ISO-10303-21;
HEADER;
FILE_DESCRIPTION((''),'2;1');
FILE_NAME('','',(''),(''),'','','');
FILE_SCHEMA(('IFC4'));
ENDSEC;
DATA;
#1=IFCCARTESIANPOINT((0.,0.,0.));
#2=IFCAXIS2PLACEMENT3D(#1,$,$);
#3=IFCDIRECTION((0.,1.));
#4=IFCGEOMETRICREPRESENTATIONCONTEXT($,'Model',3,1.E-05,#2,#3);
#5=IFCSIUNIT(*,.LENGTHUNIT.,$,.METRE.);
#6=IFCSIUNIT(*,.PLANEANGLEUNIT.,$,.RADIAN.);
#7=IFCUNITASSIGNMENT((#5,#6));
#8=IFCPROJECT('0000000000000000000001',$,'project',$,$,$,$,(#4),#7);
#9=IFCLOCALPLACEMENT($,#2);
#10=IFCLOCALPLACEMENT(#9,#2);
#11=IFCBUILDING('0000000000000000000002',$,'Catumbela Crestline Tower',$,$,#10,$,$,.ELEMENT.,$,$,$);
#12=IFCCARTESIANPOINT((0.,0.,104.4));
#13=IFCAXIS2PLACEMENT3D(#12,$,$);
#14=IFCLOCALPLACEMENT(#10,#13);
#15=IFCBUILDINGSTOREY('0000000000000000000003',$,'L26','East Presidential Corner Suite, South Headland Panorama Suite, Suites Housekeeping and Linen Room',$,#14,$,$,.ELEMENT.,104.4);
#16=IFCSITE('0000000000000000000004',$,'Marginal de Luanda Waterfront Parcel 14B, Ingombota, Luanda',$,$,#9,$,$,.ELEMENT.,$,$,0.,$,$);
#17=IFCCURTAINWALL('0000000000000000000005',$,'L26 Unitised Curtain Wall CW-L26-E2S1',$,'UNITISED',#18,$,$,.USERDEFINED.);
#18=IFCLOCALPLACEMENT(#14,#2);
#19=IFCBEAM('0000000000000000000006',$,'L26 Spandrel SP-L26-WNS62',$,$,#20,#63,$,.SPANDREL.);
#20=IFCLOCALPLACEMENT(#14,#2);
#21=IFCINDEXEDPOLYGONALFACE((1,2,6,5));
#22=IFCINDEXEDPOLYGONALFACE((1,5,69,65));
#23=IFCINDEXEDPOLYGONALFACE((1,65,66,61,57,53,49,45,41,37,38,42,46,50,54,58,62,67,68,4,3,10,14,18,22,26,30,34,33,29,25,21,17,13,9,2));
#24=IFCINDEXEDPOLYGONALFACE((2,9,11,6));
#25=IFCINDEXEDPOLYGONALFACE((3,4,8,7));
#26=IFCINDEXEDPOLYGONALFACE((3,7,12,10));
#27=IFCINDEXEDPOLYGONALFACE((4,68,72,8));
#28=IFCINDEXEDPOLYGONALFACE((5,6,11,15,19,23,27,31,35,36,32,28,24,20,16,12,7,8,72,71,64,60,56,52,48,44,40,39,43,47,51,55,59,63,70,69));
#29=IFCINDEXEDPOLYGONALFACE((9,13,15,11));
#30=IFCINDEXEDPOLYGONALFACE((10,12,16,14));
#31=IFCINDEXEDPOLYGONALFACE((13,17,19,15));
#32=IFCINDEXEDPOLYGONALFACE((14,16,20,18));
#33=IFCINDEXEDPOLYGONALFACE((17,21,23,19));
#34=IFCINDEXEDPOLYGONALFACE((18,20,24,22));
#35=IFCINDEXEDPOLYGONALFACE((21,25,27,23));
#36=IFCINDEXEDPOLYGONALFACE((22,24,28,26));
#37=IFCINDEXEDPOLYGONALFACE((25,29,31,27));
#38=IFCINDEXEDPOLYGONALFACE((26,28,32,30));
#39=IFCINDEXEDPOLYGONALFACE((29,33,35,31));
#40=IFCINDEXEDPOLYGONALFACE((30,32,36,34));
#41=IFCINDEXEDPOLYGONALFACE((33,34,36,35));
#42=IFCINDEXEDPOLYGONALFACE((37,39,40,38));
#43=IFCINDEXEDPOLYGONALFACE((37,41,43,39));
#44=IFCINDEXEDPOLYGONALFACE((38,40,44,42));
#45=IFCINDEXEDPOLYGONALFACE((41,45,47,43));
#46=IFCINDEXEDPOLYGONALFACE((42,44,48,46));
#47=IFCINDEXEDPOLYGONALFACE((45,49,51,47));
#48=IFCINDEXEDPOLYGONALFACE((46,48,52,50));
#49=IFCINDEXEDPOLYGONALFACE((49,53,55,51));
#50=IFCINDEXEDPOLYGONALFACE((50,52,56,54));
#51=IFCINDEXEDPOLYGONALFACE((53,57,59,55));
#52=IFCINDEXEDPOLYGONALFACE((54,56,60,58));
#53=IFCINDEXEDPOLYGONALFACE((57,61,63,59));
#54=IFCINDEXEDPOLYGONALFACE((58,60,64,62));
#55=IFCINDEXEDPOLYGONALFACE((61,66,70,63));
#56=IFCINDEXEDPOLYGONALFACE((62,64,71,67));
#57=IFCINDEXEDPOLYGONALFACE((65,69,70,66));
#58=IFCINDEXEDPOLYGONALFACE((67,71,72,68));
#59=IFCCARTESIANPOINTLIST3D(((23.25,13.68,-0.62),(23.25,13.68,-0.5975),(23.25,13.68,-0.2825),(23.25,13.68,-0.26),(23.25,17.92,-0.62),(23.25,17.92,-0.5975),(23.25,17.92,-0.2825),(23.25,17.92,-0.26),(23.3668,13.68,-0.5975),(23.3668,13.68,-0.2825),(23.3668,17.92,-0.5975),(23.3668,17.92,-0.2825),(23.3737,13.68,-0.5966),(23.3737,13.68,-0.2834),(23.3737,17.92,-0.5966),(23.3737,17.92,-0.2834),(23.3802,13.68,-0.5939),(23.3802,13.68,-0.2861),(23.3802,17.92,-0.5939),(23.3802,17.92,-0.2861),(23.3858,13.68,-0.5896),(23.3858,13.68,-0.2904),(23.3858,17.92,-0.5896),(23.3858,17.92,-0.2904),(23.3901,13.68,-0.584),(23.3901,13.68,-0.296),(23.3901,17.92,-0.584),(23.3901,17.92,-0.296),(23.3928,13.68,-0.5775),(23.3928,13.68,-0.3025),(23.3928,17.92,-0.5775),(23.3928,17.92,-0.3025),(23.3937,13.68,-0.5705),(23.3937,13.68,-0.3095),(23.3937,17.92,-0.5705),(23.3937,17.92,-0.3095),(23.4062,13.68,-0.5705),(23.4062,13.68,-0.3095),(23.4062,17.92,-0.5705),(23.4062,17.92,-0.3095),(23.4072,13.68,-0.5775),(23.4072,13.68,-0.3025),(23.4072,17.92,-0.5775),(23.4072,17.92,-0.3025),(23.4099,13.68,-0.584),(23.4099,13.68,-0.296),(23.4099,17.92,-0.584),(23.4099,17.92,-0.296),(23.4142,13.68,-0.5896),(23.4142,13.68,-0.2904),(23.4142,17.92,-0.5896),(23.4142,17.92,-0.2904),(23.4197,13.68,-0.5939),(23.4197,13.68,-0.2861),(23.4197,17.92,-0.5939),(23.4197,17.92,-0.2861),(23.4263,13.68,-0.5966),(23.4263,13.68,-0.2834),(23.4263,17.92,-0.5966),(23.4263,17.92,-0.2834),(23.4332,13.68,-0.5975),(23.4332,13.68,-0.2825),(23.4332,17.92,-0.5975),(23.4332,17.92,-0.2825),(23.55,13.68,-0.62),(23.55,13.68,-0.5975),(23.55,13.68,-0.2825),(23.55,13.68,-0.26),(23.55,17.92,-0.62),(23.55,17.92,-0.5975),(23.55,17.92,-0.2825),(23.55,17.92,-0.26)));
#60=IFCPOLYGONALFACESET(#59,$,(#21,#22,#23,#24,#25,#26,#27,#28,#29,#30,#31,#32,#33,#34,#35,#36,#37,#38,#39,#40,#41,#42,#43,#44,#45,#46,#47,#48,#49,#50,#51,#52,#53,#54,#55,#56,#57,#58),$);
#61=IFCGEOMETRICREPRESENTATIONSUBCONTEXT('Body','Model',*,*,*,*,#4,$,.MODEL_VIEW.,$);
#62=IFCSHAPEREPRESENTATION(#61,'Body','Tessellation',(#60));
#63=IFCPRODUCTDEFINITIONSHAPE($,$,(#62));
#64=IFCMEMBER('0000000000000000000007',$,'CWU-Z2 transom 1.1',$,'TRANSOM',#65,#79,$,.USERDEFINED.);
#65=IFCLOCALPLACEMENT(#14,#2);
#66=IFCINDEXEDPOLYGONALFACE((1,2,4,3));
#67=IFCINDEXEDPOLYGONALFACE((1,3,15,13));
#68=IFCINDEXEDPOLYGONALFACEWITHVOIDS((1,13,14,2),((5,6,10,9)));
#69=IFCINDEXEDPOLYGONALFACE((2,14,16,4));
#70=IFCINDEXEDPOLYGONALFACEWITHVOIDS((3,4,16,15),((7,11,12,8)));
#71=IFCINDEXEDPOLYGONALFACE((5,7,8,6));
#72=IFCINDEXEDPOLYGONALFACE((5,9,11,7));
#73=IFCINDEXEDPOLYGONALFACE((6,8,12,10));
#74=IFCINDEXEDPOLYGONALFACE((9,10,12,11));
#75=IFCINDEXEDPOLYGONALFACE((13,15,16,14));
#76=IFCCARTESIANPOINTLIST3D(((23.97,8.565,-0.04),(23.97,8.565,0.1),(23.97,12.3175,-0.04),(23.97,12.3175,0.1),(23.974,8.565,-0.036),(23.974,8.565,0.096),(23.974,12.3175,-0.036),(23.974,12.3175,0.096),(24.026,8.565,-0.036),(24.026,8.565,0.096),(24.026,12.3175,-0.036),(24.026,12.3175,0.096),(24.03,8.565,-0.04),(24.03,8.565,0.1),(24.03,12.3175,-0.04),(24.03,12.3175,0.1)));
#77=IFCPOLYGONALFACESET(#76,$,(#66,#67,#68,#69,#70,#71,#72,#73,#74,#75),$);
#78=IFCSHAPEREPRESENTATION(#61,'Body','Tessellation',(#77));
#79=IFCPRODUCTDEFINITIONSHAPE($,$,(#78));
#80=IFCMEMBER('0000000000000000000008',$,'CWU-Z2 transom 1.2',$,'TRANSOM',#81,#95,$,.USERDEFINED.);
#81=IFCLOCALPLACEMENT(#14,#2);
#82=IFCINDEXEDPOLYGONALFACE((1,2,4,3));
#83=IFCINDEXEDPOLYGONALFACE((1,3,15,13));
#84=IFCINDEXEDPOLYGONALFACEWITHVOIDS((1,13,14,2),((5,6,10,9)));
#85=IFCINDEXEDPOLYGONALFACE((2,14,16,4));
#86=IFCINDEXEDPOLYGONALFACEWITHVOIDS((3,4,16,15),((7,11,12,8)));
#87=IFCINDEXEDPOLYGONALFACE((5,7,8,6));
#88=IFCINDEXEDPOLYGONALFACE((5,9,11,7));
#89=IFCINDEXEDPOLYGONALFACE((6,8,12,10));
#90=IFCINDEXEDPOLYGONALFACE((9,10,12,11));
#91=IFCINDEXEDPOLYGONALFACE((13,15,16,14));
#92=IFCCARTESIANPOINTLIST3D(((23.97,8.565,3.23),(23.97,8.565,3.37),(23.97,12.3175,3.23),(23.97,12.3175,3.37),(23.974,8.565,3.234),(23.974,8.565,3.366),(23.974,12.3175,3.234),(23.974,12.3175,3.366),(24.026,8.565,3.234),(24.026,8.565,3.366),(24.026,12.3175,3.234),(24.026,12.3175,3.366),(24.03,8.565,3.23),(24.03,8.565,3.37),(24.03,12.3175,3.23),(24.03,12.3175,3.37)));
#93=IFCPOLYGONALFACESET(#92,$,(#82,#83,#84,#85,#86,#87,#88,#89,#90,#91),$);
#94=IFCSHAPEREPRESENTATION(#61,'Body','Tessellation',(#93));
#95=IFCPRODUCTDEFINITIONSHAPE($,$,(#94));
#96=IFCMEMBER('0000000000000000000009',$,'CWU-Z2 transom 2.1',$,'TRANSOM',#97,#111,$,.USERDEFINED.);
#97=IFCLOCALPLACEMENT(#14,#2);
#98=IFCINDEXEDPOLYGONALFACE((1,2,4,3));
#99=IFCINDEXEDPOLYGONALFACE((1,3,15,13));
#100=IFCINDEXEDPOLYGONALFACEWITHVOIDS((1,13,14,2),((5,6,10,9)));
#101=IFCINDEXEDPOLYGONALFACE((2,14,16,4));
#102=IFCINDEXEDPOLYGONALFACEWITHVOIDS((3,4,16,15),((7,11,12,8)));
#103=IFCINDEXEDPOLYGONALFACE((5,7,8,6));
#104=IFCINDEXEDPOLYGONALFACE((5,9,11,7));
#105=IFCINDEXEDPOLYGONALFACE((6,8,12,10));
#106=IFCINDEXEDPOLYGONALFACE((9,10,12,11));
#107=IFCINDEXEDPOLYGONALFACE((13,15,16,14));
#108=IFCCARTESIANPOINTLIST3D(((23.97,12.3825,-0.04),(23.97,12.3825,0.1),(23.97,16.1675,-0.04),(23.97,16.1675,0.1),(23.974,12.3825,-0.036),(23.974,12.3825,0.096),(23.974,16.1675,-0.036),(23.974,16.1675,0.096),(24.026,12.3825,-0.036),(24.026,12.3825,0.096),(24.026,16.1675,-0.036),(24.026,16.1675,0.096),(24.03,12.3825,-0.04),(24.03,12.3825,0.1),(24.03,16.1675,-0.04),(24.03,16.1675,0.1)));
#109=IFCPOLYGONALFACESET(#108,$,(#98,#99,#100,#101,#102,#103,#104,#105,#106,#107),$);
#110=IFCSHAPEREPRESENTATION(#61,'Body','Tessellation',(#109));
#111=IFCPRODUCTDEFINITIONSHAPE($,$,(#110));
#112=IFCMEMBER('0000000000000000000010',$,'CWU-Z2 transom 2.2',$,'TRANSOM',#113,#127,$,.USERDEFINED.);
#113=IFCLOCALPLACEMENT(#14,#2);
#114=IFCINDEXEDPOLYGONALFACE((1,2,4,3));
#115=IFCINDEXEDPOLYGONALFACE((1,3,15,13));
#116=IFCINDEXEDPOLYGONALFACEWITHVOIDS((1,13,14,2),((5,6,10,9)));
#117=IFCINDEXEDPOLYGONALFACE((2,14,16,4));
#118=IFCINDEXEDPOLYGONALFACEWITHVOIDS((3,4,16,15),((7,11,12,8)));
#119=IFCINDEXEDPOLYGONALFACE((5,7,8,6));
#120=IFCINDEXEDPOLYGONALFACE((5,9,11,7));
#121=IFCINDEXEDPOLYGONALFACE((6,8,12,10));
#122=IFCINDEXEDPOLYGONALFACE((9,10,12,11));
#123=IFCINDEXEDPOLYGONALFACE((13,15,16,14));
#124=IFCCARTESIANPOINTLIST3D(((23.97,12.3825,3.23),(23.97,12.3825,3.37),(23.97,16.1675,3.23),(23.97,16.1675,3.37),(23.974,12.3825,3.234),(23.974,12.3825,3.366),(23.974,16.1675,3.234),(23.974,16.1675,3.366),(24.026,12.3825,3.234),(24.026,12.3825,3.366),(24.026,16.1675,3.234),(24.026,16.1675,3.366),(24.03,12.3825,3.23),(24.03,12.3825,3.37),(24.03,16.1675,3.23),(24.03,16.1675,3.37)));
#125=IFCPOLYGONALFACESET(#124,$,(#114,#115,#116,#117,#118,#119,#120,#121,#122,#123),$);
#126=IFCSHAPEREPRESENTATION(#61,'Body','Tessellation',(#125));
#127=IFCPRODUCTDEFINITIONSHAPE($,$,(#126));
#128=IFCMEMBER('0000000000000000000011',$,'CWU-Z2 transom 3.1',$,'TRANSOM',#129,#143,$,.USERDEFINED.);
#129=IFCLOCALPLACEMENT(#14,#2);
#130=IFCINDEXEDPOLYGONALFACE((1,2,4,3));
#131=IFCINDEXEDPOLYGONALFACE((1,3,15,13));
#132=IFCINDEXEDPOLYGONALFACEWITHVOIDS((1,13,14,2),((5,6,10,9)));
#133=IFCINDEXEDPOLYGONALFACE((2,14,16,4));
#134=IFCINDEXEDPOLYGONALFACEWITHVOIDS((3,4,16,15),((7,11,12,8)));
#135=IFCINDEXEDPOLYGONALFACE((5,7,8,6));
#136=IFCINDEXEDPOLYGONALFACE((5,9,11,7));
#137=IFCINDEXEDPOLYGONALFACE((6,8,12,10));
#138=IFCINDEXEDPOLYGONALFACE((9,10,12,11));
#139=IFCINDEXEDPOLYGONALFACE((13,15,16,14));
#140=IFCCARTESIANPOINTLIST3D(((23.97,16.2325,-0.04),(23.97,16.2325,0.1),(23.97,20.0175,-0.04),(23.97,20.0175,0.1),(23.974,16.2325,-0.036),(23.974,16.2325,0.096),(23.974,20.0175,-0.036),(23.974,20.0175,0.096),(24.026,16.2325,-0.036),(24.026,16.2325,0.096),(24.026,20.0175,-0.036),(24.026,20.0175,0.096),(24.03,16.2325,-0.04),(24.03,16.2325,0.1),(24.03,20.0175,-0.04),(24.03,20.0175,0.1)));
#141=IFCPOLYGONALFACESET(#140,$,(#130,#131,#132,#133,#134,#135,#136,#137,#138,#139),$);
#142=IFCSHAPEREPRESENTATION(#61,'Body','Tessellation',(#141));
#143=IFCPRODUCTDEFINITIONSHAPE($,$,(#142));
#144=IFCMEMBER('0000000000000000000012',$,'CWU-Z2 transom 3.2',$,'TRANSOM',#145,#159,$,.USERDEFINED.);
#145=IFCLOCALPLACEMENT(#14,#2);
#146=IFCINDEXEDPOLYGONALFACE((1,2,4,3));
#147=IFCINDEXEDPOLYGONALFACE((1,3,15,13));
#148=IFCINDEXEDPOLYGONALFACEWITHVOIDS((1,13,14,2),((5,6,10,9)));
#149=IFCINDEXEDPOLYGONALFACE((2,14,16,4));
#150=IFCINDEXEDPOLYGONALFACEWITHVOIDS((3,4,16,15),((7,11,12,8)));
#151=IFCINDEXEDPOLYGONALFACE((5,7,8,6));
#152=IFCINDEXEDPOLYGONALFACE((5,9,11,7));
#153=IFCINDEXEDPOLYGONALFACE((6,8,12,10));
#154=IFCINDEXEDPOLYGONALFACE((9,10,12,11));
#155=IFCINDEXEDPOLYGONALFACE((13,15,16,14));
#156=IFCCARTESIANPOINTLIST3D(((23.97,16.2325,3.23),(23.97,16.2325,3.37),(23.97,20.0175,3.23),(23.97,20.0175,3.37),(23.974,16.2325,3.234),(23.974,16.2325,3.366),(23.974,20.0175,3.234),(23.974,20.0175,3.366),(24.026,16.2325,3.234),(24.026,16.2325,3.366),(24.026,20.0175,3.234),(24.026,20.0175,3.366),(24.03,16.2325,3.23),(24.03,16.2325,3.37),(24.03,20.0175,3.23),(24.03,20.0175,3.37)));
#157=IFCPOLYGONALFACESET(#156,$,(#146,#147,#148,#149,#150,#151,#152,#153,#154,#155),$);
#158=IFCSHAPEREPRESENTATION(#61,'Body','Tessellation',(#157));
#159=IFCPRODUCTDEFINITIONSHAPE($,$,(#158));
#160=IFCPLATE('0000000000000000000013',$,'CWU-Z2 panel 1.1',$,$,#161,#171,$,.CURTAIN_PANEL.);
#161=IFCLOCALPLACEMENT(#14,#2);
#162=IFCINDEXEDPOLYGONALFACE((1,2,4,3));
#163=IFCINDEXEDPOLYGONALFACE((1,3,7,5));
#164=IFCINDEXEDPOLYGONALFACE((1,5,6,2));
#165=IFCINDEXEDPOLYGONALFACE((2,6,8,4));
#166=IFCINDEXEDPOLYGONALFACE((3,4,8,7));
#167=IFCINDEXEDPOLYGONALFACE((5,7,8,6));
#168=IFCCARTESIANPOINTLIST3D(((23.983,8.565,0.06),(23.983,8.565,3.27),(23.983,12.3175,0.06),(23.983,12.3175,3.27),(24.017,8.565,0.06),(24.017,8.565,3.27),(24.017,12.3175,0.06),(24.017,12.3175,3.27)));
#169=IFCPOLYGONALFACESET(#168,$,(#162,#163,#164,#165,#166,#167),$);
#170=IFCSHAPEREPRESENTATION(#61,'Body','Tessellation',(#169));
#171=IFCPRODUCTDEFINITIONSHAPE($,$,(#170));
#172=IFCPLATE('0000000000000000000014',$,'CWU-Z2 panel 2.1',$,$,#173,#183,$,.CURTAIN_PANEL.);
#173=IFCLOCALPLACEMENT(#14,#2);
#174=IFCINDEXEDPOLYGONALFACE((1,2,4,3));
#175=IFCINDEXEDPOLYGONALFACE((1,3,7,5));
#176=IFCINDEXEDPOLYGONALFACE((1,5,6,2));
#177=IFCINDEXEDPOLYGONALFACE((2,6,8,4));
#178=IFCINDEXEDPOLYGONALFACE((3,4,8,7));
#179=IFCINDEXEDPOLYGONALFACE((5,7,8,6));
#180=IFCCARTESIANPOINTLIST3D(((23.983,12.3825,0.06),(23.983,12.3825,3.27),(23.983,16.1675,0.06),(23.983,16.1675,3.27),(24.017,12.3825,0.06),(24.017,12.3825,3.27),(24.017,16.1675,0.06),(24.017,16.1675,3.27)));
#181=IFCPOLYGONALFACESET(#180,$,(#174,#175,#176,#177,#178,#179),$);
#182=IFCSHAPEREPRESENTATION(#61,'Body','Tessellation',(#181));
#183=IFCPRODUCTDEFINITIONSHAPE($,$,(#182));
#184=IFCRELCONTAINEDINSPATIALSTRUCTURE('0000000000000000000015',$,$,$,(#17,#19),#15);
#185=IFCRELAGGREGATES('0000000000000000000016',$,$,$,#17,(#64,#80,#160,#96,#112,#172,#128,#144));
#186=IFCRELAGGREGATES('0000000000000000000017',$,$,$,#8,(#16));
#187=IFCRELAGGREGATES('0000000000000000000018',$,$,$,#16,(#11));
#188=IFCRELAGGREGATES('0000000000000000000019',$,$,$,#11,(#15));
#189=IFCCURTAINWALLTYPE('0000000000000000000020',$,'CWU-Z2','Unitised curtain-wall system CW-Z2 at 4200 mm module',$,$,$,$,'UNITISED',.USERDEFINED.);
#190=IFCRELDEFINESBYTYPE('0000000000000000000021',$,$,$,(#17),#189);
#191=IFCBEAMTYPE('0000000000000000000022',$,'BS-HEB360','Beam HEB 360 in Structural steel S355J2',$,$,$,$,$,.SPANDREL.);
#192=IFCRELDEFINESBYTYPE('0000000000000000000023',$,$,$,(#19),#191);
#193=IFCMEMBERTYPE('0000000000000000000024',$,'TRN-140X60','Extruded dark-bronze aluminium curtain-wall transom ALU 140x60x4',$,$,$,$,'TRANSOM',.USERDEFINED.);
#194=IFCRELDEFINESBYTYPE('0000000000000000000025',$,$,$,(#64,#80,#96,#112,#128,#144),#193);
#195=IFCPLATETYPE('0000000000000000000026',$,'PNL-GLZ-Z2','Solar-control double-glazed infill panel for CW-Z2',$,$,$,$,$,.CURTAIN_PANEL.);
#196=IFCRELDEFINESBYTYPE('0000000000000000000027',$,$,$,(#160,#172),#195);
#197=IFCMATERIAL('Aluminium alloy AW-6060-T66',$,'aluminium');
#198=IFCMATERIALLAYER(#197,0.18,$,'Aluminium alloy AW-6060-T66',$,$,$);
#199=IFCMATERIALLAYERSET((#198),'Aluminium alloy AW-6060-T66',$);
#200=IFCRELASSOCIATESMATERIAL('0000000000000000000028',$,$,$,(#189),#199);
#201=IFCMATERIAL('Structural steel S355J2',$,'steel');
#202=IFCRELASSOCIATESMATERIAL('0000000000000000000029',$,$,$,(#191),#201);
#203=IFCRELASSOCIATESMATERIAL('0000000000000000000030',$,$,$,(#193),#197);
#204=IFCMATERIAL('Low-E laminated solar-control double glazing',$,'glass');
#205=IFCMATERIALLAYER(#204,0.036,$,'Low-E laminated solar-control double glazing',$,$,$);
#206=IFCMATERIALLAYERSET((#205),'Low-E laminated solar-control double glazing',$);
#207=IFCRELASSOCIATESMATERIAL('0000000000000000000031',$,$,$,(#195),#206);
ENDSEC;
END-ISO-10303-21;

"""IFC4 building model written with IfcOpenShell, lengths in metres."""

from ifc_helpers import new_model, si_unit, direction, frame, origin, origin_2d, place, context, subcontext, project, spatial, rectangle, hollow_rectangle, i_section, extrude, material, layer, layer_set, material_profile, profile_set, type_object, element, aggregate, save


model = new_model("IFC4")

# Units and contexts
model_context = context("Model", 3, precision=1e-05, world=origin(), true_north=direction((0.0, 1.0)))
body_context = subcontext(model_context, "Body", "Model", "MODEL_VIEW")
ifc_project = project(units=[si_unit("LENGTHUNIT", "METRE"), si_unit("PLANEANGLEUNIT", "RADIAN")], contexts=[model_context])

# Site, building, storey
site_placement = place(None, origin())
site = spatial("IfcSite", under=ifc_project, at=site_placement, Name="Marginal de Luanda Waterfront Parcel 14B, Ingombota, Luanda", CompositionType="ELEMENT", RefElevation=0.0)
building_placement = place(site_placement, origin())
building = spatial("IfcBuilding", under=site, at=building_placement, Name="Catumbela Crestline Tower", CompositionType="ELEMENT")
storey_placement = place(building_placement, frame((0.0, 0.0, 104.4)))
storey = spatial("IfcBuildingStorey", under=building, at=storey_placement, Name="L26", Description="East Presidential Corner Suite, South Headland Panorama Suite, Suites Housekeeping and Linen Room", CompositionType="ELEMENT", Elevation=104.4)

# Shared definitions
ifc_material_1 = material(Name="Structural steel S355J2", Category="steel")

# Shared definitions
ifc_material_2 = material(Name="Aluminium alloy AW-6060-T66", Category="aluminium")
ifc_layer_1 = layer(ifc_material_2, 0.18, Name="Aluminium alloy AW-6060-T66")
ifc_layer_set_1 = layer_set([ifc_layer_1], Name="Aluminium alloy AW-6060-T66")
curtain_wall_type = type_object("IfcCurtainWallType", Name="CWU-Z2", Description="Unitised curtain-wall system CW-Z2 at 4200 mm module", ElementType="UNITISED", PredefinedType="USERDEFINED", material=ifc_layer_set_1)

# Curtain wall
curtain_wall_1_placement = place(storey_placement, origin())
curtain_wall_1 = element("IfcCurtainWall", 1, at=curtain_wall_1_placement, inside=storey, type_object=curtain_wall_type, Name="L26 Unitised Curtain Wall CW-L26-E2S1", ObjectType="UNITISED", PredefinedType="USERDEFINED")

# Beam
ifc_material_profile_1 = material_profile(ifc_material_1, i_section(OverallWidth=0.3, OverallDepth=0.36, WebThickness=0.0125, FlangeThickness=0.0225, FilletRadius=0.027, at=origin_2d()), Name="HEB 360")
ifc_profile_set_1 = profile_set([ifc_material_profile_1], Name="Structural steel S355J2")
beam_type_1 = type_object("IfcBeamType", Name="BS-HEB360", Description="Beam HEB 360 in Structural steel S355J2", PredefinedType="SPANDREL", material=ifc_profile_set_1)
beam_1_placement = place(storey_placement, frame((23.4, 13.68, -0.44), z_axis=(0.0, 1.0, 0.0), x_axis=(-1.0, 0.0, 0.0)))
element("IfcBeam", 2, at=beam_1_placement, inside=storey, type_object=beam_type_1, Name="L26 Spandrel SP-L26-WNS62", PredefinedType="SPANDREL", context=body_context, shape_type="SweptSolid", body=[
    extrude(i_section(OverallWidth=0.3, OverallDepth=0.36, WebThickness=0.0125, FlangeThickness=0.0225, FilletRadius=0.027, at=origin_2d()), origin(), (0.0, 0.0, 1.0), 4.24),
])

# Members
ifc_material_profile_2 = material_profile(ifc_material_2, hollow_rectangle(XDim=0.06, YDim=0.14, WallThickness=0.004, at=origin_2d()), Name="ALU 140x60x4")
ifc_profile_set_2 = profile_set([ifc_material_profile_2], Name="Aluminium alloy AW-6060-T66")
member_type_1 = type_object("IfcMemberType", Name="TRN-140X60", Description="Extruded dark-bronze aluminium curtain-wall transom ALU 140x60x4", ElementType="TRANSOM", PredefinedType="USERDEFINED", material=ifc_profile_set_2)
member_1_placement = place(storey_placement, frame((24.0, 8.565, 0.03), z_axis=(0.0, 1.0, 0.0), x_axis=(-1.0, 0.0, 0.0)))
member_1 = element("IfcMember", 3, at=member_1_placement, type_object=member_type_1, Name="CWU-Z2 transom 1.1", ObjectType="TRANSOM", PredefinedType="USERDEFINED", context=body_context, shape_type="SweptSolid", body=[
    extrude(hollow_rectangle(XDim=0.06, YDim=0.14, WallThickness=0.004, at=origin_2d()), origin(), (0.0, 0.0, 1.0), 3.7525),
])
member_2_placement = place(storey_placement, frame((24.0, 8.565, 3.3), z_axis=(0.0, 1.0, 0.0), x_axis=(-1.0, 0.0, 0.0)))
member_2 = element("IfcMember", 4, at=member_2_placement, type_object=member_type_1, Name="CWU-Z2 transom 1.2", ObjectType="TRANSOM", PredefinedType="USERDEFINED", context=body_context, shape_type="SweptSolid", body=[
    extrude(hollow_rectangle(XDim=0.06, YDim=0.14, WallThickness=0.004, at=origin_2d()), origin(), (0.0, 0.0, 1.0), 3.7525),
])
member_3_placement = place(storey_placement, frame((24.0, 12.3825, 0.03), z_axis=(0.0, 1.0, 0.0), x_axis=(-1.0, 0.0, 0.0)))
member_3 = element("IfcMember", 5, at=member_3_placement, type_object=member_type_1, Name="CWU-Z2 transom 2.1", ObjectType="TRANSOM", PredefinedType="USERDEFINED", context=body_context, shape_type="SweptSolid", body=[
    extrude(hollow_rectangle(XDim=0.06, YDim=0.14, WallThickness=0.004, at=origin_2d()), origin(), (0.0, 0.0, 1.0), 3.785),
])
member_4_placement = place(storey_placement, frame((24.0, 12.3825, 3.3), z_axis=(0.0, 1.0, 0.0), x_axis=(-1.0, 0.0, 0.0)))
member_4 = element("IfcMember", 6, at=member_4_placement, type_object=member_type_1, Name="CWU-Z2 transom 2.2", ObjectType="TRANSOM", PredefinedType="USERDEFINED", context=body_context, shape_type="SweptSolid", body=[
    extrude(hollow_rectangle(XDim=0.06, YDim=0.14, WallThickness=0.004, at=origin_2d()), origin(), (0.0, 0.0, 1.0), 3.785),
])
member_5_placement = place(storey_placement, frame((24.0, 16.2325, 0.03), z_axis=(0.0, 1.0, 0.0), x_axis=(-1.0, 0.0, 0.0)))
member_5 = element("IfcMember", 7, at=member_5_placement, type_object=member_type_1, Name="CWU-Z2 transom 3.1", ObjectType="TRANSOM", PredefinedType="USERDEFINED", context=body_context, shape_type="SweptSolid", body=[
    extrude(hollow_rectangle(XDim=0.06, YDim=0.14, WallThickness=0.004, at=origin_2d()), origin(), (0.0, 0.0, 1.0), 3.785),
])
member_6_placement = place(storey_placement, frame((24.0, 16.2325, 3.3), z_axis=(0.0, 1.0, 0.0), x_axis=(-1.0, 0.0, 0.0)))
member_6 = element("IfcMember", 8, at=member_6_placement, type_object=member_type_1, Name="CWU-Z2 transom 3.2", ObjectType="TRANSOM", PredefinedType="USERDEFINED", context=body_context, shape_type="SweptSolid", body=[
    extrude(hollow_rectangle(XDim=0.06, YDim=0.14, WallThickness=0.004, at=origin_2d()), origin(), (0.0, 0.0, 1.0), 3.785),
])

# Plates
ifc_material_3 = material(Name="Low-E laminated solar-control double glazing", Category="glass")
ifc_layer_2 = layer(ifc_material_3, 0.036, Name="Low-E laminated solar-control double glazing")
ifc_layer_set_2 = layer_set([ifc_layer_2], Name="Low-E laminated solar-control double glazing")
plate_type = type_object("IfcPlateType", Name="PNL-GLZ-Z2", Description="Solar-control double-glazed infill panel for CW-Z2", PredefinedType="CURTAIN_PANEL", material=ifc_layer_set_2)
plate_1_placement = place(storey_placement, frame((24.0, 10.4412, 0.06), z_axis=(0.0, 0.0, 1.0), x_axis=(0.0, 1.0, 0.0)))
plate_1 = element("IfcPlate", 9, at=plate_1_placement, type_object=plate_type, Name="CWU-Z2 panel 1.1", PredefinedType="CURTAIN_PANEL", context=body_context, shape_type="SweptSolid", body=[
    extrude(rectangle(XDim=3.7525, YDim=0.034, at=origin_2d()), origin(), (0.0, 0.0, 1.0), 3.21),
])
plate_2_placement = place(storey_placement, frame((24.0, 14.275, 0.06), z_axis=(0.0, 0.0, 1.0), x_axis=(0.0, 1.0, 0.0)))
plate_2 = element("IfcPlate", 10, at=plate_2_placement, type_object=plate_type, Name="CWU-Z2 panel 2.1", PredefinedType="CURTAIN_PANEL", context=body_context, shape_type="SweptSolid", body=[
    extrude(rectangle(XDim=3.785, YDim=0.034, at=origin_2d()), origin(), (0.0, 0.0, 1.0), 3.21),
])
aggregate(curtain_wall_1, [member_1, member_2, plate_1, member_3, member_4, plate_2, member_5, member_6])

save(model, "model.ifc")
